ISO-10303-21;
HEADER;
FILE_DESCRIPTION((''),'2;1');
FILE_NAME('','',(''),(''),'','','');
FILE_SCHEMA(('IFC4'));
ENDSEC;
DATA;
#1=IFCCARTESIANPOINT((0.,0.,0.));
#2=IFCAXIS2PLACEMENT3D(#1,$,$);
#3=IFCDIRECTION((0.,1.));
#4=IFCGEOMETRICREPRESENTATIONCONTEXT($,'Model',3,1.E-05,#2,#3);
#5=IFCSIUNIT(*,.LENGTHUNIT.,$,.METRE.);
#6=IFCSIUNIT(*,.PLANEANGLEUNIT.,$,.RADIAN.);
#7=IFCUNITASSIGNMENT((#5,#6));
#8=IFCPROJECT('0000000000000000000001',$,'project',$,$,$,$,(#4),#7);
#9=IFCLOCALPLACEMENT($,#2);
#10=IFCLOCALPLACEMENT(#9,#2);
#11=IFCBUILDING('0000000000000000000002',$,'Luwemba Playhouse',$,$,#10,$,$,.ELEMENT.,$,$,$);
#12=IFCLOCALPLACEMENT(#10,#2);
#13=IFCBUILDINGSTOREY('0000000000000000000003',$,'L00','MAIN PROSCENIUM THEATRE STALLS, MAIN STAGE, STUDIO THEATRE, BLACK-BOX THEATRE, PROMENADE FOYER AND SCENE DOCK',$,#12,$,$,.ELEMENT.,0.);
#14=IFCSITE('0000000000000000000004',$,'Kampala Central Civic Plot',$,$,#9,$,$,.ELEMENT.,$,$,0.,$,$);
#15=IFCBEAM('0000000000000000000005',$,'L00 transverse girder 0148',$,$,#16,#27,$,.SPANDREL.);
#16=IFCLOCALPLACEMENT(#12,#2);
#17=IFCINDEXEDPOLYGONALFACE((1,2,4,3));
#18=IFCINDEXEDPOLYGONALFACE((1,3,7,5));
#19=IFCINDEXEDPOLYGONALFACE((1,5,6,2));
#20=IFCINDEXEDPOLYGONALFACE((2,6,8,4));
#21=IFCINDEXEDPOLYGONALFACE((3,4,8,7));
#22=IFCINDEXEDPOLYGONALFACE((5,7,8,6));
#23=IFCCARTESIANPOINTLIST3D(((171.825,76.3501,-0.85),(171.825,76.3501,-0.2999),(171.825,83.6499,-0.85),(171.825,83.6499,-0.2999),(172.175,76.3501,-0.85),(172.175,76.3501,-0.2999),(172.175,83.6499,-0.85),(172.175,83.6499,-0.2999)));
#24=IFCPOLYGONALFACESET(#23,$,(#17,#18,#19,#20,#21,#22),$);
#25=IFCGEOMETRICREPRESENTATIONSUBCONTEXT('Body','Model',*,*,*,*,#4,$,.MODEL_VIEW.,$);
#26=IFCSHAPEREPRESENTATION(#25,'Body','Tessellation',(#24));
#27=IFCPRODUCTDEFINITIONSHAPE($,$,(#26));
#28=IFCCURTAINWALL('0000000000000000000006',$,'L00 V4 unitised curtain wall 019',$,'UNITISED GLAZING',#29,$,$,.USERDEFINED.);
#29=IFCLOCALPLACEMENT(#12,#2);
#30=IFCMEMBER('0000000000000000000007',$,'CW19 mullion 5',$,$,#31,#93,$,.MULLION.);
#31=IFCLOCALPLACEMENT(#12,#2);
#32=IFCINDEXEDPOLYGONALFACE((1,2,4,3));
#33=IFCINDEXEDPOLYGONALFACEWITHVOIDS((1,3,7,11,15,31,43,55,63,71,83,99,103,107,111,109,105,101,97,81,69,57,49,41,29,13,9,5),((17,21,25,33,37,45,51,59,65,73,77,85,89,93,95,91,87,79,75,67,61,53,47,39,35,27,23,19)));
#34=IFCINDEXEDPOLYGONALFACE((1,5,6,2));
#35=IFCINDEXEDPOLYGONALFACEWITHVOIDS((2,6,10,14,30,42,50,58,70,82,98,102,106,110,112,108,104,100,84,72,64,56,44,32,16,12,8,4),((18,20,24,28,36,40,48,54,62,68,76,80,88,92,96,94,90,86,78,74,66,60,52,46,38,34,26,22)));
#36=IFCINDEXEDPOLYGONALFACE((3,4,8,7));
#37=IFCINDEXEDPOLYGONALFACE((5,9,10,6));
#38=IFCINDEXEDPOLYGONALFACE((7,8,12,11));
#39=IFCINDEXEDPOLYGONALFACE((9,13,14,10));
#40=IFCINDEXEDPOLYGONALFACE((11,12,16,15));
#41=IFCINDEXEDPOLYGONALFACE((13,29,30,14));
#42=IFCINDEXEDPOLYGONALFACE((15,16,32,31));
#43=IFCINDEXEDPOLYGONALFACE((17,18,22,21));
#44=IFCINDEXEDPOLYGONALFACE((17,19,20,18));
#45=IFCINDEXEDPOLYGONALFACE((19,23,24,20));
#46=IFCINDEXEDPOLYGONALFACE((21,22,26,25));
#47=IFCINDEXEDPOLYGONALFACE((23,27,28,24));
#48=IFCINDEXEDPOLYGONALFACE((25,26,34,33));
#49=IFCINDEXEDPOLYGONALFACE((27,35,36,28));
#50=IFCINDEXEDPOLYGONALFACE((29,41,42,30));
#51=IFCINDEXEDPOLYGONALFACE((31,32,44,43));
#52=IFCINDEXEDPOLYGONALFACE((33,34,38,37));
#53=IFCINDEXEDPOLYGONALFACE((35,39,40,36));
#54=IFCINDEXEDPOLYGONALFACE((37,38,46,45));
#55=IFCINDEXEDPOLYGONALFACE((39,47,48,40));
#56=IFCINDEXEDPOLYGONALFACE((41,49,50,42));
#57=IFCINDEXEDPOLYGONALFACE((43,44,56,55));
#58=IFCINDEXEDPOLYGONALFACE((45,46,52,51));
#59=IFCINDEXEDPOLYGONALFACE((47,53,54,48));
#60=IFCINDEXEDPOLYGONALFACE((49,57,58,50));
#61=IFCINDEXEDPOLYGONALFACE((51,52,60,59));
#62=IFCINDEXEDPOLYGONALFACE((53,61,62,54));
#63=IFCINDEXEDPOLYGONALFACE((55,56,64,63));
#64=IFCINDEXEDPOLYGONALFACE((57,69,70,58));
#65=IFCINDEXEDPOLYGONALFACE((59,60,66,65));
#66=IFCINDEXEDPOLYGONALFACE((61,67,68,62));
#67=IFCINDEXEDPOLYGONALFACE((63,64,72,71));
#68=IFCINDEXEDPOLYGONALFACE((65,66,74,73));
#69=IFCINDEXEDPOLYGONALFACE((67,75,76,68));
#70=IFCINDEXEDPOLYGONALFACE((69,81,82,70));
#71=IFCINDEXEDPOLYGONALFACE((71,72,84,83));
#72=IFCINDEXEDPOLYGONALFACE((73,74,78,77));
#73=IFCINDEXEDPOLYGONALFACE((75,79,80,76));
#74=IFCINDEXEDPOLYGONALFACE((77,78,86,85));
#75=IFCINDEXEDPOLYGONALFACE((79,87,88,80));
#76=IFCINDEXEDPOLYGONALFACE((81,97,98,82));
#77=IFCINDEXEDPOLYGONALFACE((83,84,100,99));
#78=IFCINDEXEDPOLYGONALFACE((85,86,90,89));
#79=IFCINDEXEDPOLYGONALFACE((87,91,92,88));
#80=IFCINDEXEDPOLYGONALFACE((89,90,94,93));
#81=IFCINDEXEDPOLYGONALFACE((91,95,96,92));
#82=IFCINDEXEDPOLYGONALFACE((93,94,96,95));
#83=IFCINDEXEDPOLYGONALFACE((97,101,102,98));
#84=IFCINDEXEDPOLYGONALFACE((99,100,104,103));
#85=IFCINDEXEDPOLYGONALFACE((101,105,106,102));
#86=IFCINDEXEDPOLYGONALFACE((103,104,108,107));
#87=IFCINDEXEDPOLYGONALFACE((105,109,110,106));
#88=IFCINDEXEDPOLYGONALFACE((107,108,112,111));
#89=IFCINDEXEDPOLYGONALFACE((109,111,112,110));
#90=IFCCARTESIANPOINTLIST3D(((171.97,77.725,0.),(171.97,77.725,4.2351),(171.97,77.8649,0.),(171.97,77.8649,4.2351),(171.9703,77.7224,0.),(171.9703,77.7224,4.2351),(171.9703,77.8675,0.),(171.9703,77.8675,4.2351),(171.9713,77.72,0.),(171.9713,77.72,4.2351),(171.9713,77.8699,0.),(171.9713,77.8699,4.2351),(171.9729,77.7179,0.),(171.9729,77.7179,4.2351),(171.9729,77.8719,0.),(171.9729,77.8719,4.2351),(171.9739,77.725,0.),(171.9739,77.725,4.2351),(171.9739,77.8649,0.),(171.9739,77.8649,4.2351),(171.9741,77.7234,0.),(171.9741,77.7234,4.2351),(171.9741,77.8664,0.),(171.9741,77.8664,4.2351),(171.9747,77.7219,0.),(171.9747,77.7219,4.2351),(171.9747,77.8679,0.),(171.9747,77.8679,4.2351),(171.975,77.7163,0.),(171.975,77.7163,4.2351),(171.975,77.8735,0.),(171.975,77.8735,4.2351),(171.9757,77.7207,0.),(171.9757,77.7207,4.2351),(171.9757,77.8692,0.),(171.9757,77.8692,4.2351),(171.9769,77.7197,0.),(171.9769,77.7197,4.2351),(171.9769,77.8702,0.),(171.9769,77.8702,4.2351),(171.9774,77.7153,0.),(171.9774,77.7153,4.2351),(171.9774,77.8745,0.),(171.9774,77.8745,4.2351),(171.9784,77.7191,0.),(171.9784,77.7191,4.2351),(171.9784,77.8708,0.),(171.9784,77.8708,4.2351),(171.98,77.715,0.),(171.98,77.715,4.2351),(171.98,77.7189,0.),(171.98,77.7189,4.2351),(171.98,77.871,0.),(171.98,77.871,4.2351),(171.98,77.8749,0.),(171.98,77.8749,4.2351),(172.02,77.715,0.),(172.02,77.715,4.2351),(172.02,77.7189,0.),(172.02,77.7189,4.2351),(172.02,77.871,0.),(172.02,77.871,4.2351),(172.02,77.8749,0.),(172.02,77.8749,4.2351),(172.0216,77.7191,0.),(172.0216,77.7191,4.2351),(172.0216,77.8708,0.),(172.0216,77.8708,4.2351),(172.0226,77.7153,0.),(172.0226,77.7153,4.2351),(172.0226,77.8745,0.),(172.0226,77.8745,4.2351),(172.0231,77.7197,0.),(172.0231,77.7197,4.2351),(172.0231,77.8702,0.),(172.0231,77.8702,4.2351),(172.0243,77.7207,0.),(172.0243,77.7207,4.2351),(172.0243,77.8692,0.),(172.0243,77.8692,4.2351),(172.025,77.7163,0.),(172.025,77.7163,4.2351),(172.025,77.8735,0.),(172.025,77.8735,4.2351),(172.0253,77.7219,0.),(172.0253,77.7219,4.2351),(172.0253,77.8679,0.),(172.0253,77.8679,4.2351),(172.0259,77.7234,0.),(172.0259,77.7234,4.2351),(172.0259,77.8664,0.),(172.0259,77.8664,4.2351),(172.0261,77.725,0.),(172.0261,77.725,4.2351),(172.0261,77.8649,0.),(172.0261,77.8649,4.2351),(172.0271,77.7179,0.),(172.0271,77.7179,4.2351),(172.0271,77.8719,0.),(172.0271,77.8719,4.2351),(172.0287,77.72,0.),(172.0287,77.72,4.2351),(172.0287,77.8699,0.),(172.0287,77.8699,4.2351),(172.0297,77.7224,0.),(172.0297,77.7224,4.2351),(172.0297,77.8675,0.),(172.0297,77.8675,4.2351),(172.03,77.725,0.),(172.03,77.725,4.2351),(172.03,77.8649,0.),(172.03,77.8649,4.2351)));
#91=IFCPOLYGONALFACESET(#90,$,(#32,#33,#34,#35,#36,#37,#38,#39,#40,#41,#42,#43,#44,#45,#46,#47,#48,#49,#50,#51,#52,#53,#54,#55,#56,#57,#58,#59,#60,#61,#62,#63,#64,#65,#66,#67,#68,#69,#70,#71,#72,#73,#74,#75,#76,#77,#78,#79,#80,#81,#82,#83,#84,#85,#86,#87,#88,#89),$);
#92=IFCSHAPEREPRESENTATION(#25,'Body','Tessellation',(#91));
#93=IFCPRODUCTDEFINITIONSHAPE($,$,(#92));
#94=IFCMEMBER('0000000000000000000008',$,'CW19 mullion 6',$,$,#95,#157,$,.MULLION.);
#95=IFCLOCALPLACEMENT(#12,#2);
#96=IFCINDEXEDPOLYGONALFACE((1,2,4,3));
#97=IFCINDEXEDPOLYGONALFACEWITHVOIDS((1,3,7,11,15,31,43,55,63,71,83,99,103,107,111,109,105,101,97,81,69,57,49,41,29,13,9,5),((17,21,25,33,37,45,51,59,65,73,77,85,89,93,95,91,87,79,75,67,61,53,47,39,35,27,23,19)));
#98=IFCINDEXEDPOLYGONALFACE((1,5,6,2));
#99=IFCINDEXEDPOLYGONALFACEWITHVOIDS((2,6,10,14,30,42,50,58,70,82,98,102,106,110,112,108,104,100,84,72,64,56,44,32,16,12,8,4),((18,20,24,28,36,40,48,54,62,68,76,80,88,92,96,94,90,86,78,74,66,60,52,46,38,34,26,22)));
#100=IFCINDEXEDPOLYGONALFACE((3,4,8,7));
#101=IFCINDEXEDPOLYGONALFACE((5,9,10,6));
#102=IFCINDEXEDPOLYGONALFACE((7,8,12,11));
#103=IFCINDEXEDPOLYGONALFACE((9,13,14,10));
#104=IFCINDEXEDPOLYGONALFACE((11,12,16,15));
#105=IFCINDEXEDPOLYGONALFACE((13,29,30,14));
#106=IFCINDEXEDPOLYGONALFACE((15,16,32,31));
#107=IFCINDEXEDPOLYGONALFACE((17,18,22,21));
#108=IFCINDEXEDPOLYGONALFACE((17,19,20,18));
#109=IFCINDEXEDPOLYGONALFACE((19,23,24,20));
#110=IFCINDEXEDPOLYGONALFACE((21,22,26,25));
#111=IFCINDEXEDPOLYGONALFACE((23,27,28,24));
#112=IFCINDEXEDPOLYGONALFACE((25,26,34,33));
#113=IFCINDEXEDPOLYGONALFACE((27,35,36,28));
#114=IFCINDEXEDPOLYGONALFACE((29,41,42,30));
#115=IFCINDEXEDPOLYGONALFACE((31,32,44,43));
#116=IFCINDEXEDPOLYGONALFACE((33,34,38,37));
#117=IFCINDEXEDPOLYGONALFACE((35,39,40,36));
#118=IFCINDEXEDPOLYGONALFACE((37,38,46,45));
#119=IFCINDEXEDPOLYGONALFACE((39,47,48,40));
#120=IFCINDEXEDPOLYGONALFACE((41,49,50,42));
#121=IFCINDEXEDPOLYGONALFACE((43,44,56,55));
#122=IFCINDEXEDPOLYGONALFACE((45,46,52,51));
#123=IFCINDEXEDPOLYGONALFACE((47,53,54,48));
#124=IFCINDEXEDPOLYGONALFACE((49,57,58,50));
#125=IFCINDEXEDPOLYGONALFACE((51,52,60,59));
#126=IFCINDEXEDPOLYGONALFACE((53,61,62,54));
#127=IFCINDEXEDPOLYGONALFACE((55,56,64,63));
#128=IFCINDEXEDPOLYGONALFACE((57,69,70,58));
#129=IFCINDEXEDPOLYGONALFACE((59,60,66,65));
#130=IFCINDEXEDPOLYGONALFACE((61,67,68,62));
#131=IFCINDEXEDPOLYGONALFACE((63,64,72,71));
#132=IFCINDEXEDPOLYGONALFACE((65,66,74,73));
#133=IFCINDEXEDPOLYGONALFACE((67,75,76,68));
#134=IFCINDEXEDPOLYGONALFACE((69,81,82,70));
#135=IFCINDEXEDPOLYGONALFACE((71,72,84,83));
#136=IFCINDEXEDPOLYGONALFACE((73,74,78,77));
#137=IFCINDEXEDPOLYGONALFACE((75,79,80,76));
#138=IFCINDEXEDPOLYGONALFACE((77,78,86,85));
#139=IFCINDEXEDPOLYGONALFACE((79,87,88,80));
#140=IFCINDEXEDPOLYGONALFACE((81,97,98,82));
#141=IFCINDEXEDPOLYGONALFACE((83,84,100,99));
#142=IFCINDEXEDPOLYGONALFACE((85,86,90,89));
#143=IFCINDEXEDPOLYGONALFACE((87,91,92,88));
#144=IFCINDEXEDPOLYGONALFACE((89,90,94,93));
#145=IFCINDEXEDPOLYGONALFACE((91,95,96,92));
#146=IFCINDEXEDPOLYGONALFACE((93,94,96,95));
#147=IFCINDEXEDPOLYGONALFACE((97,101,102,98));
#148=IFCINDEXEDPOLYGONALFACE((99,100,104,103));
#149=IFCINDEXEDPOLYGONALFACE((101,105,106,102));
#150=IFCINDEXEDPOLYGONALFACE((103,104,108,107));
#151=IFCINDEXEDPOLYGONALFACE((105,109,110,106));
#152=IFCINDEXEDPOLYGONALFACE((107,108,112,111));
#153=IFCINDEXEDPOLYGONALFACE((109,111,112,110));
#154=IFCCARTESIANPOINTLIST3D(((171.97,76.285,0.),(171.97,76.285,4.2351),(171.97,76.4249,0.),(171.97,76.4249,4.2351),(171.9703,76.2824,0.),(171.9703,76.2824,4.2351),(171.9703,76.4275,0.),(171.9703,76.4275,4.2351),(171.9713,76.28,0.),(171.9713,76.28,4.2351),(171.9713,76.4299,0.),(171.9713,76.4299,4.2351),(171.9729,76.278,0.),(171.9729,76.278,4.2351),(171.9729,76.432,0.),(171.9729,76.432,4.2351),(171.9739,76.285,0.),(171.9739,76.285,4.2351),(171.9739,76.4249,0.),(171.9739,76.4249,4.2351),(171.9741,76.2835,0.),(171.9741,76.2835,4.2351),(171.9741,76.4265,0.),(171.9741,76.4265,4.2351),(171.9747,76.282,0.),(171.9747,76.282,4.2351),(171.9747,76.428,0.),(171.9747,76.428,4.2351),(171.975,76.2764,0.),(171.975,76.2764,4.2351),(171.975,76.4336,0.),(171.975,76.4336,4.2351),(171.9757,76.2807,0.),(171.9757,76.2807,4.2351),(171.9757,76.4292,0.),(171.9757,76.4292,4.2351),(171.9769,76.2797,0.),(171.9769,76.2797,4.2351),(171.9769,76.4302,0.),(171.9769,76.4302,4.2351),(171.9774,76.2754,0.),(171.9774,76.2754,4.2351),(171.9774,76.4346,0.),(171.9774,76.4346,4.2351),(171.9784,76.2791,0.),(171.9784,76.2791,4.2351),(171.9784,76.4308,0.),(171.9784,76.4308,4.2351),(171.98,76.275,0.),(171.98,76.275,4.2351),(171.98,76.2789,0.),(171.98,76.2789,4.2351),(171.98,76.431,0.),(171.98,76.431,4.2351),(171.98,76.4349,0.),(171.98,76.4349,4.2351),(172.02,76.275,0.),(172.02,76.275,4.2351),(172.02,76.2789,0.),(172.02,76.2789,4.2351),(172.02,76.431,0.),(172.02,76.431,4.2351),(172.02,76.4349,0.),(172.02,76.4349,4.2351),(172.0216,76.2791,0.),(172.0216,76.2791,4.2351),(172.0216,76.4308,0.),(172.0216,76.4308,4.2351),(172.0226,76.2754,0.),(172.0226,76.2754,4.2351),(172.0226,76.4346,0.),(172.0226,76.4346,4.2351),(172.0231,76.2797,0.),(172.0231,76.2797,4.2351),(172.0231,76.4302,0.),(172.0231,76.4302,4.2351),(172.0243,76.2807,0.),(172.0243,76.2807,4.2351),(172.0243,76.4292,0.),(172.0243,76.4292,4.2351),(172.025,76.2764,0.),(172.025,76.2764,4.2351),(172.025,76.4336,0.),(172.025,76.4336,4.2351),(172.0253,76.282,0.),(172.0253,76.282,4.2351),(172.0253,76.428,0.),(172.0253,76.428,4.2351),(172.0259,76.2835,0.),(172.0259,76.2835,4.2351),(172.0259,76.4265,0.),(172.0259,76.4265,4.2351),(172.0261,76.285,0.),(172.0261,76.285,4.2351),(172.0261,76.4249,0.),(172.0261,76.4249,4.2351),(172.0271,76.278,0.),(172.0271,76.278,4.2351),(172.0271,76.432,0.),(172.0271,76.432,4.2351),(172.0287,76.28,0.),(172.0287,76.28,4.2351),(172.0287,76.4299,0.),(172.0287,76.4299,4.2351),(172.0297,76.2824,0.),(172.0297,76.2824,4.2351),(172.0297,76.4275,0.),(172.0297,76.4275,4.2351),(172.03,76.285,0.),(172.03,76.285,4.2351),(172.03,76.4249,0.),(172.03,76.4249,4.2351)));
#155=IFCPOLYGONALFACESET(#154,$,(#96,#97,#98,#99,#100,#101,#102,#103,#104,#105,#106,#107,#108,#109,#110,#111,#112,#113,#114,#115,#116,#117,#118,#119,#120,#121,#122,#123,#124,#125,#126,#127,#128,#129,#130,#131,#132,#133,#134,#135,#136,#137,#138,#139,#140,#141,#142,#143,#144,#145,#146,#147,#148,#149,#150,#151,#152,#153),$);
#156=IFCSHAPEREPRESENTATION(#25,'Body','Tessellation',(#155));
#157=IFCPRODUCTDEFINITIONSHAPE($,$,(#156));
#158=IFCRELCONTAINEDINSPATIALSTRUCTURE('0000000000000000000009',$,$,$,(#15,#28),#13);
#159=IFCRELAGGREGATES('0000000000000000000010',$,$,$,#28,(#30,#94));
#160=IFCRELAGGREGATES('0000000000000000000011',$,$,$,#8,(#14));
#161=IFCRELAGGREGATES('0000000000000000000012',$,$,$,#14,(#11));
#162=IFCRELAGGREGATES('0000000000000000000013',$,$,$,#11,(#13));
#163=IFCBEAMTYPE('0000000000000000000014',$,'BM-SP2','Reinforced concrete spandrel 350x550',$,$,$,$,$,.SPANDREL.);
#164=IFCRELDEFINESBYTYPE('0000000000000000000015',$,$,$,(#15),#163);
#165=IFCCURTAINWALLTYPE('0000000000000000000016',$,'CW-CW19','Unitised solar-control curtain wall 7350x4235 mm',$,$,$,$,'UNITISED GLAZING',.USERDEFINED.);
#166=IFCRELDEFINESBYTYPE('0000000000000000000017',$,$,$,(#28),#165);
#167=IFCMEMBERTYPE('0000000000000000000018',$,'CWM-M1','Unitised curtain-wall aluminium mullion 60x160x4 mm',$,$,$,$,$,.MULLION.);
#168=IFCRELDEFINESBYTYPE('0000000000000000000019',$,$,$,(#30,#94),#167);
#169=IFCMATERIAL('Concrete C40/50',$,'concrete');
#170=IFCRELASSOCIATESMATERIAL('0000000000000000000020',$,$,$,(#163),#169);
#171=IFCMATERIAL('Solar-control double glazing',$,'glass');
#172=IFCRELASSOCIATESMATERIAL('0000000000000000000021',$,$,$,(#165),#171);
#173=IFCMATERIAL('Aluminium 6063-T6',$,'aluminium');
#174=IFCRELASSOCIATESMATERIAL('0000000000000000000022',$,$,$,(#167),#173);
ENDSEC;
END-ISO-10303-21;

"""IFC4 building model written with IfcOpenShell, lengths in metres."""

from ifc_helpers import new_model, si_unit, direction, frame, origin, origin_2d, place, context, subcontext, project, spatial, rectangle, hollow_rectangle, extrude, material, material_profile, profile_set, type_object, element, aggregate, save


model = new_model("IFC4")

# Units and contexts
model_context = context("Model", 3, precision=1e-05, world=origin(), true_north=direction((0.0, 1.0)))
body_context = subcontext(model_context, "Body", "Model", "MODEL_VIEW")
ifc_project = project(units=[si_unit("LENGTHUNIT", "METRE"), si_unit("PLANEANGLEUNIT", "RADIAN")], contexts=[model_context])

# Site, building, storey
site_placement = place(None, origin())
site = spatial("IfcSite", under=ifc_project, at=site_placement, Name="Kampala Central Civic Plot", CompositionType="ELEMENT", RefElevation=0.0)
building_placement = place(site_placement, origin())
building = spatial("IfcBuilding", under=site, at=building_placement, Name="Luwemba Playhouse", CompositionType="ELEMENT")
storey_placement = place(building_placement, origin())
storey = spatial("IfcBuildingStorey", under=building, at=storey_placement, Name="L00", Description="MAIN PROSCENIUM THEATRE STALLS, MAIN STAGE, STUDIO THEATRE, BLACK-BOX THEATRE, PROMENADE FOYER AND SCENE DOCK", CompositionType="ELEMENT", Elevation=0.0)

# Shared definitions
ifc_material_1 = material(Name="Concrete C40/50", Category="concrete")

# Beam
ifc_material_profile_1 = material_profile(ifc_material_1, rectangle(XDim=0.3501, YDim=0.55, at=origin_2d()))
ifc_profile_set_1 = profile_set([ifc_material_profile_1], Name="Concrete C40/50")
beam_type_1 = type_object("IfcBeamType", Name="BM-SP2", Description="Reinforced concrete spandrel 350x550", PredefinedType="SPANDREL", material=ifc_profile_set_1)
beam_1_placement = place(storey_placement, frame((172.0, 76.3501, -0.575), z_axis=(0.0, 1.0, 0.0), x_axis=(-1.0, 0.0, 0.0)))
element("IfcBeam", 1, at=beam_1_placement, inside=storey, type_object=beam_type_1, Name="L00 transverse girder 0148", PredefinedType="SPANDREL", context=body_context, shape_type="SweptSolid", body=[
    extrude(rectangle(XDim=0.3501, YDim=0.55, at=origin_2d()), origin(), (0.0, 0.0, 1.0), 7.2998),
])

# Curtain wall, members
ifc_material_2 = material(Name="Solar-control double glazing", Category="glass")
curtain_wall_type = type_object("IfcCurtainWallType", Name="CW-CW19", Description="Unitised solar-control curtain wall 7350x4235 mm", ElementType="UNITISED GLAZING", PredefinedType="USERDEFINED", material=ifc_material_2)
curtain_wall_placement = place(storey_placement, origin())
curtain_wall = element("IfcCurtainWall", 2, at=curtain_wall_placement, inside=storey, type_object=curtain_wall_type, Name="L00 V4 unitised curtain wall 019", ObjectType="UNITISED GLAZING", PredefinedType="USERDEFINED")
ifc_material_3 = material(Name="Aluminium 6063-T6", Category="aluminium")
ifc_material_profile_2 = material_profile(ifc_material_3, hollow_rectangle(XDim=0.0601, YDim=0.1599, WallThickness=0.0039, InnerFilletRadius=0.0061, OuterFilletRadius=0.01, at=origin_2d()))
ifc_profile_set_2 = profile_set([ifc_material_profile_2], Name="Aluminium 6063-T6")
member_type_1 = type_object("IfcMemberType", Name="CWM-M1", Description="Unitised curtain-wall aluminium mullion 60x160x4 mm", PredefinedType="MULLION", material=ifc_profile_set_2)
member_1_placement = place(storey_placement, frame((172.0, 77.7949, 0.0), z_axis=(0.0, 0.0, 1.0), x_axis=(1.0, 0.0, 0.0)))
member_1 = element("IfcMember", 3, at=member_1_placement, type_object=member_type_1, Name="CW19 mullion 5", PredefinedType="MULLION", context=body_context, shape_type="SweptSolid", body=[
    extrude(hollow_rectangle(XDim=0.0601, YDim=0.1599, WallThickness=0.0039, InnerFilletRadius=0.0061, OuterFilletRadius=0.01, at=origin_2d()), origin(), (0.0, 0.0, 1.0), 4.2351),
])
member_2_placement = place(storey_placement, frame((172.0, 76.355, 0.0), z_axis=(0.0, 0.0, 1.0), x_axis=(1.0, 0.0, 0.0)))
member_2 = element("IfcMember", 4, at=member_2_placement, type_object=member_type_1, Name="CW19 mullion 6", PredefinedType="MULLION", context=body_context, shape_type="SweptSolid", body=[
    extrude(hollow_rectangle(XDim=0.0601, YDim=0.1599, WallThickness=0.0039, InnerFilletRadius=0.0061, OuterFilletRadius=0.01, at=origin_2d()), origin(), (0.0, 0.0, 1.0), 4.2351),
])
aggregate(curtain_wall, [member_1, member_2])

save(model, "model.ifc")
